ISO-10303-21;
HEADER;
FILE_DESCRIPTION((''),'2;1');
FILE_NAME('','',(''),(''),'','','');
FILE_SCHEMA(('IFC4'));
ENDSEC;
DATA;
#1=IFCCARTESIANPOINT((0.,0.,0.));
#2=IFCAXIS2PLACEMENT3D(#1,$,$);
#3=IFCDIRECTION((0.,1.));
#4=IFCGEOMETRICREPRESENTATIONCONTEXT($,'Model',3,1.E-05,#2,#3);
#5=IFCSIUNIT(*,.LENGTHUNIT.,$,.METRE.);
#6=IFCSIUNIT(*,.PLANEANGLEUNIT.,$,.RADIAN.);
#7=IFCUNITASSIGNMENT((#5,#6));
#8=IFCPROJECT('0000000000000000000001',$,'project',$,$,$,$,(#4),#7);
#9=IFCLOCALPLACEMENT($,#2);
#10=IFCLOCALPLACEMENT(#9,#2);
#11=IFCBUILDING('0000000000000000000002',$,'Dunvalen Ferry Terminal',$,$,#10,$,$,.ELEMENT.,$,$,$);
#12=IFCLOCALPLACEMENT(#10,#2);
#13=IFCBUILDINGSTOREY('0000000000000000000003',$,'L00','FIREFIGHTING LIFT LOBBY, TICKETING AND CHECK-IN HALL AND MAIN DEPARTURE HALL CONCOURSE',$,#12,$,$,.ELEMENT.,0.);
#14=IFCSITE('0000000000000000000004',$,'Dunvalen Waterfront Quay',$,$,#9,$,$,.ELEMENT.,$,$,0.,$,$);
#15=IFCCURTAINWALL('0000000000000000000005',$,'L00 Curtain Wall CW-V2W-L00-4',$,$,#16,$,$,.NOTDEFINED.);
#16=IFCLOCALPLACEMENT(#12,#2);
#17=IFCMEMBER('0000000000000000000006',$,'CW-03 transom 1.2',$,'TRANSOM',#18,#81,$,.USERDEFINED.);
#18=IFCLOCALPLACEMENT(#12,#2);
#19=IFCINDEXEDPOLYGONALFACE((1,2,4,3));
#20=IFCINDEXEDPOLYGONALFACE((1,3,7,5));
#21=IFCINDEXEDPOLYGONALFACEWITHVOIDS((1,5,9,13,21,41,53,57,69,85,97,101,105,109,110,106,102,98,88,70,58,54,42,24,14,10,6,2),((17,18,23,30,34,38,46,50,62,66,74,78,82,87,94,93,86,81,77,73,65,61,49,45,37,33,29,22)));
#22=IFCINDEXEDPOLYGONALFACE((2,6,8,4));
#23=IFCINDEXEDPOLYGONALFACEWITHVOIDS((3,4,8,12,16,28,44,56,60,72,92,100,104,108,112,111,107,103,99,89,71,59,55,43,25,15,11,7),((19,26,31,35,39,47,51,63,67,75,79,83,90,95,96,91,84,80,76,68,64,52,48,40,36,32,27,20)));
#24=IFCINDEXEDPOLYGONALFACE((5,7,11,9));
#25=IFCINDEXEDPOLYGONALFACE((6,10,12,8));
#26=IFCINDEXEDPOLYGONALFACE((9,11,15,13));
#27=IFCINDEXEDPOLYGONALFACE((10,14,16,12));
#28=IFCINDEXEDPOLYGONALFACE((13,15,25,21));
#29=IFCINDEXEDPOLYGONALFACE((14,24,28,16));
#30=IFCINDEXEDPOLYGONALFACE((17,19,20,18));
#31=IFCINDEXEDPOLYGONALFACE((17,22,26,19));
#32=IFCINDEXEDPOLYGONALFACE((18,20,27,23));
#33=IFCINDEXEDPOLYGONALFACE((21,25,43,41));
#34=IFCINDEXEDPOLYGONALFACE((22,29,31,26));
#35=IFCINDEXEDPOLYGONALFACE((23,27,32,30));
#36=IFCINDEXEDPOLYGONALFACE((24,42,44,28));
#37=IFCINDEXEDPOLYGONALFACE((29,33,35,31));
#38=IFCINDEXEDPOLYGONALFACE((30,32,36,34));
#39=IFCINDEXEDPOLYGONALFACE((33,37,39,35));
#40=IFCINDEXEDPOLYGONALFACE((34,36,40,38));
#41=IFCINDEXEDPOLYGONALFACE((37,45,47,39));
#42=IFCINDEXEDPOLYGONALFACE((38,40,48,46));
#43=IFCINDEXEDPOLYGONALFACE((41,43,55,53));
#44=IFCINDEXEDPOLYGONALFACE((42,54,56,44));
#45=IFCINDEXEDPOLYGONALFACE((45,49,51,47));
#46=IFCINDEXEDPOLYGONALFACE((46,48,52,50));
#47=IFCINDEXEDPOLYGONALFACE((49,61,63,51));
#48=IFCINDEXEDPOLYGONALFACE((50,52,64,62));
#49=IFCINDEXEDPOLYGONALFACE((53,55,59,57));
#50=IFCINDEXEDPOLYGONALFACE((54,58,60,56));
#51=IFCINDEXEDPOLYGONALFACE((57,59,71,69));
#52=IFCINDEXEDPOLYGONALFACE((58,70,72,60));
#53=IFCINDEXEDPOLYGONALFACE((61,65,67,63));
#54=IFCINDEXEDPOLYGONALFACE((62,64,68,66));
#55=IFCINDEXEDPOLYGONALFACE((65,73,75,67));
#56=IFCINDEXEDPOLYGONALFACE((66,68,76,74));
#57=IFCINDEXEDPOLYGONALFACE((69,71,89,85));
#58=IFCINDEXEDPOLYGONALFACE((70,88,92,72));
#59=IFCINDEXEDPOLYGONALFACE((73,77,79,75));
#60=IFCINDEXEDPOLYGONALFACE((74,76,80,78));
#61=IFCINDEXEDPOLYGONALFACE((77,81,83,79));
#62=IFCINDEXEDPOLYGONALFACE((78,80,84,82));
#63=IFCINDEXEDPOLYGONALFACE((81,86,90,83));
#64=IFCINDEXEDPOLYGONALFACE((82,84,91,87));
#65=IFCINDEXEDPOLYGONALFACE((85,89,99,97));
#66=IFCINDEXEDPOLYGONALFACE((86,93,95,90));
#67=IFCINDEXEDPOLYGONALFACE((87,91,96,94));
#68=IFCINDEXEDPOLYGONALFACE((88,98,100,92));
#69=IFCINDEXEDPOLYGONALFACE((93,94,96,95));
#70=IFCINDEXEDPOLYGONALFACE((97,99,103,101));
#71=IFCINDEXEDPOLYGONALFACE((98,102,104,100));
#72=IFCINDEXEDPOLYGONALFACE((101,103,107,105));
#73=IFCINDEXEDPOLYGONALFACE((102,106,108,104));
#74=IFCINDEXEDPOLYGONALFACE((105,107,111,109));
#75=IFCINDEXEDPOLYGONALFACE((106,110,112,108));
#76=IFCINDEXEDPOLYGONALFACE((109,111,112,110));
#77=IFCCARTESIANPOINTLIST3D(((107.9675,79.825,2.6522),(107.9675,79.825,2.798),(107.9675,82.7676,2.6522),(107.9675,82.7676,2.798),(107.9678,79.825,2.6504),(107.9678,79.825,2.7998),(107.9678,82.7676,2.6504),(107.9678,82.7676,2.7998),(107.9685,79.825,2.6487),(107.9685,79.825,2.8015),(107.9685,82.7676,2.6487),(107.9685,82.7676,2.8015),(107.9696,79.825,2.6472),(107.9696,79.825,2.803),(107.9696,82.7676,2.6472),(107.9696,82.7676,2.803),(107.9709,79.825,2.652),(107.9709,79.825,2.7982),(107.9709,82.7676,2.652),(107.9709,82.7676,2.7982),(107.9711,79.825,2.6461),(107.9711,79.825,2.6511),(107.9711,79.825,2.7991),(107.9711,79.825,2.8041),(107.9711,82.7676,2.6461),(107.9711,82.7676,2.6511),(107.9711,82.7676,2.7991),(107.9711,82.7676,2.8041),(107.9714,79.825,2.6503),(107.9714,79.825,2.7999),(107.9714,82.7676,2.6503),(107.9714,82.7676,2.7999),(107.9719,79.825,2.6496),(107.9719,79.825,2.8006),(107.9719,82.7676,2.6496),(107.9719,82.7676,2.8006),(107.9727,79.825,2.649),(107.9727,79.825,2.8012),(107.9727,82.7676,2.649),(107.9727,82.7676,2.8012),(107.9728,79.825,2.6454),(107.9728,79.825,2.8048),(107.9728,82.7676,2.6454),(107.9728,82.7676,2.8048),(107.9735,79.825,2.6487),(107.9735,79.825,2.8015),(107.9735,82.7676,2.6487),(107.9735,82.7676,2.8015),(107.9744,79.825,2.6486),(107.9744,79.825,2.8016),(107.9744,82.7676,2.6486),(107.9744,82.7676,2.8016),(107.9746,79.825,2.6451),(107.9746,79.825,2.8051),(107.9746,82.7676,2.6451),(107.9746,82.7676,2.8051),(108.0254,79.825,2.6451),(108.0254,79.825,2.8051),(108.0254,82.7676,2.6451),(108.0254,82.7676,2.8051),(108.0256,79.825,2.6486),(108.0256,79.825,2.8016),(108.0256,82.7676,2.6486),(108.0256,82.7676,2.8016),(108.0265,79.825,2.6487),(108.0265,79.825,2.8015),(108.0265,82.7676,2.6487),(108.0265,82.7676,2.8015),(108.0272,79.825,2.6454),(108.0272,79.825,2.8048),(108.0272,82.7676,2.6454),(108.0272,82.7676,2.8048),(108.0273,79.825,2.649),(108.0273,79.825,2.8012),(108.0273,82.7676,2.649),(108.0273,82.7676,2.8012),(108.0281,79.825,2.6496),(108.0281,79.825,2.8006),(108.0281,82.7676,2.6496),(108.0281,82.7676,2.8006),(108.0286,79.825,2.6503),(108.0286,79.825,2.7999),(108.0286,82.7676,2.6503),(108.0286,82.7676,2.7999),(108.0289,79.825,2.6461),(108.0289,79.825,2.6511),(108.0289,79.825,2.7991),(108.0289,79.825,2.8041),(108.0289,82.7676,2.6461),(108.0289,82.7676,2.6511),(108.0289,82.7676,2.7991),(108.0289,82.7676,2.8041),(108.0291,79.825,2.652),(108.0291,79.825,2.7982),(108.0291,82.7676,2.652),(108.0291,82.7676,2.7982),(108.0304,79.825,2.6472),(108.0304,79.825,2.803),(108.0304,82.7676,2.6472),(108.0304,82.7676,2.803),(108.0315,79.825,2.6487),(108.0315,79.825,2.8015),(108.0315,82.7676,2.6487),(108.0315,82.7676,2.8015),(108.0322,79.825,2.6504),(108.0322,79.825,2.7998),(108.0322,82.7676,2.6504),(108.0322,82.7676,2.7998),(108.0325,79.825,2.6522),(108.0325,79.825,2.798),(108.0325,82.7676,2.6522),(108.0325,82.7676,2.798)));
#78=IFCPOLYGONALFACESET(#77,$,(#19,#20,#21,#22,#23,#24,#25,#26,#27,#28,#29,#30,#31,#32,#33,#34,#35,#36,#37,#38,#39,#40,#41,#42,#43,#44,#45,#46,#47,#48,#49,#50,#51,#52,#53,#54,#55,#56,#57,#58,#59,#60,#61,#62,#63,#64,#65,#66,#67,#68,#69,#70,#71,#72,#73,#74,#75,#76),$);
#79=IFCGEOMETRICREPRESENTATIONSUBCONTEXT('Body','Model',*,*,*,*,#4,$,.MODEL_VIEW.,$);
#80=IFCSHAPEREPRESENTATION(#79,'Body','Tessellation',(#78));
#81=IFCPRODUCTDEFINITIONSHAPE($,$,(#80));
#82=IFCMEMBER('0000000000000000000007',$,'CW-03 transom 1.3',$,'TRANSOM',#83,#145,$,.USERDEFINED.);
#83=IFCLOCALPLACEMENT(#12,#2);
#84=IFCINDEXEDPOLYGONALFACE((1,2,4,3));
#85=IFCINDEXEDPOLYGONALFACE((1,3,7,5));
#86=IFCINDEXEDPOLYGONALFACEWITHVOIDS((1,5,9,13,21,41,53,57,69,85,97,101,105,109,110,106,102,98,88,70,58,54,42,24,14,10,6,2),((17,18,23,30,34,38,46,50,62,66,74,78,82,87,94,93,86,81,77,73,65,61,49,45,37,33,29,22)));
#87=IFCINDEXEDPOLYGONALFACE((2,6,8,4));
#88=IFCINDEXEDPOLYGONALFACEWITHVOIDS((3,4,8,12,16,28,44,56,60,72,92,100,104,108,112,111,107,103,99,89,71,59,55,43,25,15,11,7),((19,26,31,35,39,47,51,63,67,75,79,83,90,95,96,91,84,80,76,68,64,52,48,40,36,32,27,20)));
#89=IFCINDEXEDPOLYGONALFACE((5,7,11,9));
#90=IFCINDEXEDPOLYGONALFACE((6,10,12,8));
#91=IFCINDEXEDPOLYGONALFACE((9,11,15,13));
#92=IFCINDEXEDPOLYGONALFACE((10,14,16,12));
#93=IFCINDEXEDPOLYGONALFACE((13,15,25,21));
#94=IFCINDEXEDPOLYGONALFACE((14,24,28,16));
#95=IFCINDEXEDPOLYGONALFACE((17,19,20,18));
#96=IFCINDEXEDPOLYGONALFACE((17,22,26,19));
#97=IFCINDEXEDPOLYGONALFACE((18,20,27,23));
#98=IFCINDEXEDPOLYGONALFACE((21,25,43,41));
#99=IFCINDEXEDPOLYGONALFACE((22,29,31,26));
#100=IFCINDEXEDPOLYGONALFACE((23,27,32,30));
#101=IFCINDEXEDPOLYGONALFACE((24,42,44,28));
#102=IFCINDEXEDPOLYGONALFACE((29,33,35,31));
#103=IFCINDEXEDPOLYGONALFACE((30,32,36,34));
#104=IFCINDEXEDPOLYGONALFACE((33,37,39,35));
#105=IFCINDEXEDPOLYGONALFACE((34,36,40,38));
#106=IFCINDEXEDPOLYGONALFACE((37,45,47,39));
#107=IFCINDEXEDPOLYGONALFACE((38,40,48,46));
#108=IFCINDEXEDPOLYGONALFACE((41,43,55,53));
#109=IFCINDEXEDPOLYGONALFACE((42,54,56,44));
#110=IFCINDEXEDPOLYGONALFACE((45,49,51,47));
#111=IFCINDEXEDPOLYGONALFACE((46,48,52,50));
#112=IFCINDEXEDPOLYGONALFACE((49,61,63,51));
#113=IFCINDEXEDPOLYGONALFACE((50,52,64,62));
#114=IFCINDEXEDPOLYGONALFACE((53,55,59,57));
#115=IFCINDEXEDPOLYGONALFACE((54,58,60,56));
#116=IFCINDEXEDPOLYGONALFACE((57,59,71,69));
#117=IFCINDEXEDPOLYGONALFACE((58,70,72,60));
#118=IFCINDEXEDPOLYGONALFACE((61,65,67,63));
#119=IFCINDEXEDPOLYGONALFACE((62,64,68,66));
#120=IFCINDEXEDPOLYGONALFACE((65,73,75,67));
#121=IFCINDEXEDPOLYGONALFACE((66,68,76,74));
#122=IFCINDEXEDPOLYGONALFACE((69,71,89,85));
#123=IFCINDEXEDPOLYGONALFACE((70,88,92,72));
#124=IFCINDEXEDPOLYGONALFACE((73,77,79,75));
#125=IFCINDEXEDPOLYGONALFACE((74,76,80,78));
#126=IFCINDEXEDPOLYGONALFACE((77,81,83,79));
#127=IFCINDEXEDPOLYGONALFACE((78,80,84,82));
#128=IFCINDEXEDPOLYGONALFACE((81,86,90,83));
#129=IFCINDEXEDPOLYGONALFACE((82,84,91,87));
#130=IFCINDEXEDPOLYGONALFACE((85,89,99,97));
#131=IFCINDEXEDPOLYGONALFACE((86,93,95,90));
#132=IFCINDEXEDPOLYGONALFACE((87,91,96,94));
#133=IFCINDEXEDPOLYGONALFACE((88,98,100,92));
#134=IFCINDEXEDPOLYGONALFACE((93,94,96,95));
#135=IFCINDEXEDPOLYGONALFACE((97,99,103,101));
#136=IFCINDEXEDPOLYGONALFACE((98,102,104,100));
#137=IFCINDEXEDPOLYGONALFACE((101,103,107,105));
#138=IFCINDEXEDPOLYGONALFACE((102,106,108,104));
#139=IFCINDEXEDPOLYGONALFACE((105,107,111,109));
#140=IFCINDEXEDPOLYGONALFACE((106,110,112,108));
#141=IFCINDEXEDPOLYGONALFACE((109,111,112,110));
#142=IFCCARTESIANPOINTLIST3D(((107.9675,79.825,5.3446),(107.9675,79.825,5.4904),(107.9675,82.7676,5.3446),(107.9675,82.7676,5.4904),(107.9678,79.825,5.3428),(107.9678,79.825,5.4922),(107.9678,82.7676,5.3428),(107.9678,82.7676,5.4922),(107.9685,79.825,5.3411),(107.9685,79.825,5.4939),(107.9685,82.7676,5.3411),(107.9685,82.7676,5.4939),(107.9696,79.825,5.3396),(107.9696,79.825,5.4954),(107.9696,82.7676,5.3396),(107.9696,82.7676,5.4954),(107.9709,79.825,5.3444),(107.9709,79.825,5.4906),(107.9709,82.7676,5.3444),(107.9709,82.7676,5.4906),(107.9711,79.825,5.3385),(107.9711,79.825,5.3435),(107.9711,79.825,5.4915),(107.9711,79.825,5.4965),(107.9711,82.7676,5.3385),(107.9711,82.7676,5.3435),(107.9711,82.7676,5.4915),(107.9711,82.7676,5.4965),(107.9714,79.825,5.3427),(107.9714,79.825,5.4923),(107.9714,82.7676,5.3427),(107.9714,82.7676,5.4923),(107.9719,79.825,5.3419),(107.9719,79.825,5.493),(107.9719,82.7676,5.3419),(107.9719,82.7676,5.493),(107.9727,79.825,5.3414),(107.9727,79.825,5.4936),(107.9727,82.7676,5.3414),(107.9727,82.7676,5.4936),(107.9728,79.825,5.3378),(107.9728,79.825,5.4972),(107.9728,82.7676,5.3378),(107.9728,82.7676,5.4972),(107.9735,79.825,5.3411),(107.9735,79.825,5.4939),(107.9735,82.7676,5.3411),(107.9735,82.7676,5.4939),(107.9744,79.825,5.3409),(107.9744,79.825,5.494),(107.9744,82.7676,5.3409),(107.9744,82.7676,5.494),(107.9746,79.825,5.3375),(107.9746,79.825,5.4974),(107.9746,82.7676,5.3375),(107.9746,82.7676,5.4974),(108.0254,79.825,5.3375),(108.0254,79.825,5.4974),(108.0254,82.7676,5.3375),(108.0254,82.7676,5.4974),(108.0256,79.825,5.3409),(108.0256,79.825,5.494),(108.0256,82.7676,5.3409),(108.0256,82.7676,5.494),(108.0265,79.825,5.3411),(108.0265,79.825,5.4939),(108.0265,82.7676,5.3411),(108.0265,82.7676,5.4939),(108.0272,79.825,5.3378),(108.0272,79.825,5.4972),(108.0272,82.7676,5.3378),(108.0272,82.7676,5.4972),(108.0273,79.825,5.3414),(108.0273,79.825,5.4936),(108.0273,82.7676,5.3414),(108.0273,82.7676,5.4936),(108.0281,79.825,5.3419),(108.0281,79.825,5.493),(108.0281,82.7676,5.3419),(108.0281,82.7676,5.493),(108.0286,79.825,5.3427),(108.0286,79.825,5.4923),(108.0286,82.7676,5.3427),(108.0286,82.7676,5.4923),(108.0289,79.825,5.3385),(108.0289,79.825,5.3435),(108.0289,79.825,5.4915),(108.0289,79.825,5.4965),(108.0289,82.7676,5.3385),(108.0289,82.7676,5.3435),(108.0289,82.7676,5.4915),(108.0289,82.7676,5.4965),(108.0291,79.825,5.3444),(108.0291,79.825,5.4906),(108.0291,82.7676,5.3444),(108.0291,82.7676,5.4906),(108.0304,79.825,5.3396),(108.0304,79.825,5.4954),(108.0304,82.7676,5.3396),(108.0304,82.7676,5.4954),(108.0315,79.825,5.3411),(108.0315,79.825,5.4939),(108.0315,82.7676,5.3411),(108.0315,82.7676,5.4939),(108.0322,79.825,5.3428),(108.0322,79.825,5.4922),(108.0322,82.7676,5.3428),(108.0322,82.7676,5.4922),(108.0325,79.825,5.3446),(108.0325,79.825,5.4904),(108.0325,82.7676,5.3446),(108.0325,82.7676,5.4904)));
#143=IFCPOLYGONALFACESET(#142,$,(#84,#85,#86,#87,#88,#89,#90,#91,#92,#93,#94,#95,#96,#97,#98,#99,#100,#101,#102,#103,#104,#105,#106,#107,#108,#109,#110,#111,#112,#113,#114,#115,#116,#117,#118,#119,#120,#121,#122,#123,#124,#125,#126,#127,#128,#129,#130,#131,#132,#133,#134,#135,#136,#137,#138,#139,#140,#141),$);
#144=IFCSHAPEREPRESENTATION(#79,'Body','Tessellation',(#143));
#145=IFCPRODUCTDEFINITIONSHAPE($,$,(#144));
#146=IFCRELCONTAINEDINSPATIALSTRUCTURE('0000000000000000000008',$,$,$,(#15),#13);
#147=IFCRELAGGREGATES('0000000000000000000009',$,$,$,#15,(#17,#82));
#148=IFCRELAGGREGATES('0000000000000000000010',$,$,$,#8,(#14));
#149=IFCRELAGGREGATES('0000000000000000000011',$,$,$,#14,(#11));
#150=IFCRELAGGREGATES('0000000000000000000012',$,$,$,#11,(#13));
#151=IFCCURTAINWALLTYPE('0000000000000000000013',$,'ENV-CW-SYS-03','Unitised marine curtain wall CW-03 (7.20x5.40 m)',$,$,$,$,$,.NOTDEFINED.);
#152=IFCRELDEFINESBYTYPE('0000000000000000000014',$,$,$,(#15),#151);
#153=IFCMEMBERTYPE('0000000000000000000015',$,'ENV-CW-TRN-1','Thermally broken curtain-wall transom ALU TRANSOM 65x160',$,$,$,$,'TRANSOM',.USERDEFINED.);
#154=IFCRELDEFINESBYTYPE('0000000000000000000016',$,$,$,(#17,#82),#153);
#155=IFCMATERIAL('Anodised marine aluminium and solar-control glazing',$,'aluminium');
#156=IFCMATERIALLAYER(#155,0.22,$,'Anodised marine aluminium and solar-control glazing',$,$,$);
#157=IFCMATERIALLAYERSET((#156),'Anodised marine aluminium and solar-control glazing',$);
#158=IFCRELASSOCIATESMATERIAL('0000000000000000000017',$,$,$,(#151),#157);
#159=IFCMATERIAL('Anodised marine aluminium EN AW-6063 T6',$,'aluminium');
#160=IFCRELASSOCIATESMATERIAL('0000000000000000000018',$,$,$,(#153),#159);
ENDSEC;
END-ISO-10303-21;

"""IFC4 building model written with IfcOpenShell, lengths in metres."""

from ifc_helpers import new_model, si_unit, direction, frame, origin, origin_2d, place, context, subcontext, project, spatial, hollow_rectangle, extrude, material, layer, layer_set, material_profile, profile_set, type_object, element, aggregate, save


model = new_model("IFC4")

# Units and contexts
model_context = context("Model", 3, precision=1e-05, world=origin(), true_north=direction((0.0, 1.0)))
body_context = subcontext(model_context, "Body", "Model", "MODEL_VIEW")
ifc_project = project(units=[si_unit("LENGTHUNIT", "METRE"), si_unit("PLANEANGLEUNIT", "RADIAN")], contexts=[model_context])

# Site, building, storey
site_placement = place(None, origin())
site = spatial("IfcSite", under=ifc_project, at=site_placement, Name="Dunvalen Waterfront Quay", CompositionType="ELEMENT", RefElevation=0.0)
building_placement = place(site_placement, origin())
building = spatial("IfcBuilding", under=site, at=building_placement, Name="Dunvalen Ferry Terminal", CompositionType="ELEMENT")
storey_placement = place(building_placement, origin())
storey = spatial("IfcBuildingStorey", under=building, at=storey_placement, Name="L00", Description="FIREFIGHTING LIFT LOBBY, TICKETING AND CHECK-IN HALL AND MAIN DEPARTURE HALL CONCOURSE", CompositionType="ELEMENT", Elevation=0.0)

# Curtain wall, members
ifc_material_1 = material(Name="Anodised marine aluminium and solar-control glazing", Category="aluminium")
ifc_layer_1 = layer(ifc_material_1, 0.22, Name="Anodised marine aluminium and solar-control glazing")
ifc_layer_set_1 = layer_set([ifc_layer_1], Name="Anodised marine aluminium and solar-control glazing")
curtain_wall_type = type_object("IfcCurtainWallType", Name="ENV-CW-SYS-03", Description="Unitised marine curtain wall CW-03 (7.20x5.40 m)", PredefinedType="NOTDEFINED", material=ifc_layer_set_1)
curtain_wall_placement = place(storey_placement, origin())
curtain_wall = element("IfcCurtainWall", 1, at=curtain_wall_placement, inside=storey, type_object=curtain_wall_type, Name="L00 Curtain Wall CW-V2W-L00-4", PredefinedType="NOTDEFINED")
ifc_material_2 = material(Name="Anodised marine aluminium EN AW-6063 T6", Category="aluminium")
ifc_material_profile_1 = material_profile(ifc_material_2, hollow_rectangle(XDim=0.0649, YDim=0.1599, WallThickness=0.0034, InnerFilletRadius=0.0034, OuterFilletRadius=0.0071, at=origin_2d()), Name="Anodised marine aluminium EN AW-6063 T6")
ifc_profile_set_1 = profile_set([ifc_material_profile_1], Name="Anodised marine aluminium EN AW-6063 T6")
member_type_1 = type_object("IfcMemberType", Name="ENV-CW-TRN-1", Description="Thermally broken curtain-wall transom ALU TRANSOM 65x160", ElementType="TRANSOM", PredefinedType="USERDEFINED", material=ifc_profile_set_1)
member_1_placement = place(storey_placement, frame((108.0, 79.825, 2.7251), z_axis=(0.0, 1.0, 0.0), x_axis=(-1.0, 0.0, 0.0)))
member_1 = element("IfcMember", 2, at=member_1_placement, type_object=member_type_1, Name="CW-03 transom 1.2", ObjectType="TRANSOM", PredefinedType="USERDEFINED", context=body_context, shape_type="SweptSolid", body=[
    extrude(hollow_rectangle(XDim=0.0649, YDim=0.1599, WallThickness=0.0034, InnerFilletRadius=0.0034, OuterFilletRadius=0.0071, at=origin_2d()), origin(), (0.0, 0.0, 1.0), 2.9426),
])
member_2_placement = place(storey_placement, frame((108.0, 79.825, 5.4175), z_axis=(0.0, 1.0, 0.0), x_axis=(-1.0, 0.0, 0.0)))
member_2 = element("IfcMember", 3, at=member_2_placement, type_object=member_type_1, Name="CW-03 transom 1.3", ObjectType="TRANSOM", PredefinedType="USERDEFINED", context=body_context, shape_type="SweptSolid", body=[
    extrude(hollow_rectangle(XDim=0.0649, YDim=0.1599, WallThickness=0.0034, InnerFilletRadius=0.0034, OuterFilletRadius=0.0071, at=origin_2d()), origin(), (0.0, 0.0, 1.0), 2.9426),
])
aggregate(curtain_wall, [member_1, member_2])

save(model, "model.ifc")
